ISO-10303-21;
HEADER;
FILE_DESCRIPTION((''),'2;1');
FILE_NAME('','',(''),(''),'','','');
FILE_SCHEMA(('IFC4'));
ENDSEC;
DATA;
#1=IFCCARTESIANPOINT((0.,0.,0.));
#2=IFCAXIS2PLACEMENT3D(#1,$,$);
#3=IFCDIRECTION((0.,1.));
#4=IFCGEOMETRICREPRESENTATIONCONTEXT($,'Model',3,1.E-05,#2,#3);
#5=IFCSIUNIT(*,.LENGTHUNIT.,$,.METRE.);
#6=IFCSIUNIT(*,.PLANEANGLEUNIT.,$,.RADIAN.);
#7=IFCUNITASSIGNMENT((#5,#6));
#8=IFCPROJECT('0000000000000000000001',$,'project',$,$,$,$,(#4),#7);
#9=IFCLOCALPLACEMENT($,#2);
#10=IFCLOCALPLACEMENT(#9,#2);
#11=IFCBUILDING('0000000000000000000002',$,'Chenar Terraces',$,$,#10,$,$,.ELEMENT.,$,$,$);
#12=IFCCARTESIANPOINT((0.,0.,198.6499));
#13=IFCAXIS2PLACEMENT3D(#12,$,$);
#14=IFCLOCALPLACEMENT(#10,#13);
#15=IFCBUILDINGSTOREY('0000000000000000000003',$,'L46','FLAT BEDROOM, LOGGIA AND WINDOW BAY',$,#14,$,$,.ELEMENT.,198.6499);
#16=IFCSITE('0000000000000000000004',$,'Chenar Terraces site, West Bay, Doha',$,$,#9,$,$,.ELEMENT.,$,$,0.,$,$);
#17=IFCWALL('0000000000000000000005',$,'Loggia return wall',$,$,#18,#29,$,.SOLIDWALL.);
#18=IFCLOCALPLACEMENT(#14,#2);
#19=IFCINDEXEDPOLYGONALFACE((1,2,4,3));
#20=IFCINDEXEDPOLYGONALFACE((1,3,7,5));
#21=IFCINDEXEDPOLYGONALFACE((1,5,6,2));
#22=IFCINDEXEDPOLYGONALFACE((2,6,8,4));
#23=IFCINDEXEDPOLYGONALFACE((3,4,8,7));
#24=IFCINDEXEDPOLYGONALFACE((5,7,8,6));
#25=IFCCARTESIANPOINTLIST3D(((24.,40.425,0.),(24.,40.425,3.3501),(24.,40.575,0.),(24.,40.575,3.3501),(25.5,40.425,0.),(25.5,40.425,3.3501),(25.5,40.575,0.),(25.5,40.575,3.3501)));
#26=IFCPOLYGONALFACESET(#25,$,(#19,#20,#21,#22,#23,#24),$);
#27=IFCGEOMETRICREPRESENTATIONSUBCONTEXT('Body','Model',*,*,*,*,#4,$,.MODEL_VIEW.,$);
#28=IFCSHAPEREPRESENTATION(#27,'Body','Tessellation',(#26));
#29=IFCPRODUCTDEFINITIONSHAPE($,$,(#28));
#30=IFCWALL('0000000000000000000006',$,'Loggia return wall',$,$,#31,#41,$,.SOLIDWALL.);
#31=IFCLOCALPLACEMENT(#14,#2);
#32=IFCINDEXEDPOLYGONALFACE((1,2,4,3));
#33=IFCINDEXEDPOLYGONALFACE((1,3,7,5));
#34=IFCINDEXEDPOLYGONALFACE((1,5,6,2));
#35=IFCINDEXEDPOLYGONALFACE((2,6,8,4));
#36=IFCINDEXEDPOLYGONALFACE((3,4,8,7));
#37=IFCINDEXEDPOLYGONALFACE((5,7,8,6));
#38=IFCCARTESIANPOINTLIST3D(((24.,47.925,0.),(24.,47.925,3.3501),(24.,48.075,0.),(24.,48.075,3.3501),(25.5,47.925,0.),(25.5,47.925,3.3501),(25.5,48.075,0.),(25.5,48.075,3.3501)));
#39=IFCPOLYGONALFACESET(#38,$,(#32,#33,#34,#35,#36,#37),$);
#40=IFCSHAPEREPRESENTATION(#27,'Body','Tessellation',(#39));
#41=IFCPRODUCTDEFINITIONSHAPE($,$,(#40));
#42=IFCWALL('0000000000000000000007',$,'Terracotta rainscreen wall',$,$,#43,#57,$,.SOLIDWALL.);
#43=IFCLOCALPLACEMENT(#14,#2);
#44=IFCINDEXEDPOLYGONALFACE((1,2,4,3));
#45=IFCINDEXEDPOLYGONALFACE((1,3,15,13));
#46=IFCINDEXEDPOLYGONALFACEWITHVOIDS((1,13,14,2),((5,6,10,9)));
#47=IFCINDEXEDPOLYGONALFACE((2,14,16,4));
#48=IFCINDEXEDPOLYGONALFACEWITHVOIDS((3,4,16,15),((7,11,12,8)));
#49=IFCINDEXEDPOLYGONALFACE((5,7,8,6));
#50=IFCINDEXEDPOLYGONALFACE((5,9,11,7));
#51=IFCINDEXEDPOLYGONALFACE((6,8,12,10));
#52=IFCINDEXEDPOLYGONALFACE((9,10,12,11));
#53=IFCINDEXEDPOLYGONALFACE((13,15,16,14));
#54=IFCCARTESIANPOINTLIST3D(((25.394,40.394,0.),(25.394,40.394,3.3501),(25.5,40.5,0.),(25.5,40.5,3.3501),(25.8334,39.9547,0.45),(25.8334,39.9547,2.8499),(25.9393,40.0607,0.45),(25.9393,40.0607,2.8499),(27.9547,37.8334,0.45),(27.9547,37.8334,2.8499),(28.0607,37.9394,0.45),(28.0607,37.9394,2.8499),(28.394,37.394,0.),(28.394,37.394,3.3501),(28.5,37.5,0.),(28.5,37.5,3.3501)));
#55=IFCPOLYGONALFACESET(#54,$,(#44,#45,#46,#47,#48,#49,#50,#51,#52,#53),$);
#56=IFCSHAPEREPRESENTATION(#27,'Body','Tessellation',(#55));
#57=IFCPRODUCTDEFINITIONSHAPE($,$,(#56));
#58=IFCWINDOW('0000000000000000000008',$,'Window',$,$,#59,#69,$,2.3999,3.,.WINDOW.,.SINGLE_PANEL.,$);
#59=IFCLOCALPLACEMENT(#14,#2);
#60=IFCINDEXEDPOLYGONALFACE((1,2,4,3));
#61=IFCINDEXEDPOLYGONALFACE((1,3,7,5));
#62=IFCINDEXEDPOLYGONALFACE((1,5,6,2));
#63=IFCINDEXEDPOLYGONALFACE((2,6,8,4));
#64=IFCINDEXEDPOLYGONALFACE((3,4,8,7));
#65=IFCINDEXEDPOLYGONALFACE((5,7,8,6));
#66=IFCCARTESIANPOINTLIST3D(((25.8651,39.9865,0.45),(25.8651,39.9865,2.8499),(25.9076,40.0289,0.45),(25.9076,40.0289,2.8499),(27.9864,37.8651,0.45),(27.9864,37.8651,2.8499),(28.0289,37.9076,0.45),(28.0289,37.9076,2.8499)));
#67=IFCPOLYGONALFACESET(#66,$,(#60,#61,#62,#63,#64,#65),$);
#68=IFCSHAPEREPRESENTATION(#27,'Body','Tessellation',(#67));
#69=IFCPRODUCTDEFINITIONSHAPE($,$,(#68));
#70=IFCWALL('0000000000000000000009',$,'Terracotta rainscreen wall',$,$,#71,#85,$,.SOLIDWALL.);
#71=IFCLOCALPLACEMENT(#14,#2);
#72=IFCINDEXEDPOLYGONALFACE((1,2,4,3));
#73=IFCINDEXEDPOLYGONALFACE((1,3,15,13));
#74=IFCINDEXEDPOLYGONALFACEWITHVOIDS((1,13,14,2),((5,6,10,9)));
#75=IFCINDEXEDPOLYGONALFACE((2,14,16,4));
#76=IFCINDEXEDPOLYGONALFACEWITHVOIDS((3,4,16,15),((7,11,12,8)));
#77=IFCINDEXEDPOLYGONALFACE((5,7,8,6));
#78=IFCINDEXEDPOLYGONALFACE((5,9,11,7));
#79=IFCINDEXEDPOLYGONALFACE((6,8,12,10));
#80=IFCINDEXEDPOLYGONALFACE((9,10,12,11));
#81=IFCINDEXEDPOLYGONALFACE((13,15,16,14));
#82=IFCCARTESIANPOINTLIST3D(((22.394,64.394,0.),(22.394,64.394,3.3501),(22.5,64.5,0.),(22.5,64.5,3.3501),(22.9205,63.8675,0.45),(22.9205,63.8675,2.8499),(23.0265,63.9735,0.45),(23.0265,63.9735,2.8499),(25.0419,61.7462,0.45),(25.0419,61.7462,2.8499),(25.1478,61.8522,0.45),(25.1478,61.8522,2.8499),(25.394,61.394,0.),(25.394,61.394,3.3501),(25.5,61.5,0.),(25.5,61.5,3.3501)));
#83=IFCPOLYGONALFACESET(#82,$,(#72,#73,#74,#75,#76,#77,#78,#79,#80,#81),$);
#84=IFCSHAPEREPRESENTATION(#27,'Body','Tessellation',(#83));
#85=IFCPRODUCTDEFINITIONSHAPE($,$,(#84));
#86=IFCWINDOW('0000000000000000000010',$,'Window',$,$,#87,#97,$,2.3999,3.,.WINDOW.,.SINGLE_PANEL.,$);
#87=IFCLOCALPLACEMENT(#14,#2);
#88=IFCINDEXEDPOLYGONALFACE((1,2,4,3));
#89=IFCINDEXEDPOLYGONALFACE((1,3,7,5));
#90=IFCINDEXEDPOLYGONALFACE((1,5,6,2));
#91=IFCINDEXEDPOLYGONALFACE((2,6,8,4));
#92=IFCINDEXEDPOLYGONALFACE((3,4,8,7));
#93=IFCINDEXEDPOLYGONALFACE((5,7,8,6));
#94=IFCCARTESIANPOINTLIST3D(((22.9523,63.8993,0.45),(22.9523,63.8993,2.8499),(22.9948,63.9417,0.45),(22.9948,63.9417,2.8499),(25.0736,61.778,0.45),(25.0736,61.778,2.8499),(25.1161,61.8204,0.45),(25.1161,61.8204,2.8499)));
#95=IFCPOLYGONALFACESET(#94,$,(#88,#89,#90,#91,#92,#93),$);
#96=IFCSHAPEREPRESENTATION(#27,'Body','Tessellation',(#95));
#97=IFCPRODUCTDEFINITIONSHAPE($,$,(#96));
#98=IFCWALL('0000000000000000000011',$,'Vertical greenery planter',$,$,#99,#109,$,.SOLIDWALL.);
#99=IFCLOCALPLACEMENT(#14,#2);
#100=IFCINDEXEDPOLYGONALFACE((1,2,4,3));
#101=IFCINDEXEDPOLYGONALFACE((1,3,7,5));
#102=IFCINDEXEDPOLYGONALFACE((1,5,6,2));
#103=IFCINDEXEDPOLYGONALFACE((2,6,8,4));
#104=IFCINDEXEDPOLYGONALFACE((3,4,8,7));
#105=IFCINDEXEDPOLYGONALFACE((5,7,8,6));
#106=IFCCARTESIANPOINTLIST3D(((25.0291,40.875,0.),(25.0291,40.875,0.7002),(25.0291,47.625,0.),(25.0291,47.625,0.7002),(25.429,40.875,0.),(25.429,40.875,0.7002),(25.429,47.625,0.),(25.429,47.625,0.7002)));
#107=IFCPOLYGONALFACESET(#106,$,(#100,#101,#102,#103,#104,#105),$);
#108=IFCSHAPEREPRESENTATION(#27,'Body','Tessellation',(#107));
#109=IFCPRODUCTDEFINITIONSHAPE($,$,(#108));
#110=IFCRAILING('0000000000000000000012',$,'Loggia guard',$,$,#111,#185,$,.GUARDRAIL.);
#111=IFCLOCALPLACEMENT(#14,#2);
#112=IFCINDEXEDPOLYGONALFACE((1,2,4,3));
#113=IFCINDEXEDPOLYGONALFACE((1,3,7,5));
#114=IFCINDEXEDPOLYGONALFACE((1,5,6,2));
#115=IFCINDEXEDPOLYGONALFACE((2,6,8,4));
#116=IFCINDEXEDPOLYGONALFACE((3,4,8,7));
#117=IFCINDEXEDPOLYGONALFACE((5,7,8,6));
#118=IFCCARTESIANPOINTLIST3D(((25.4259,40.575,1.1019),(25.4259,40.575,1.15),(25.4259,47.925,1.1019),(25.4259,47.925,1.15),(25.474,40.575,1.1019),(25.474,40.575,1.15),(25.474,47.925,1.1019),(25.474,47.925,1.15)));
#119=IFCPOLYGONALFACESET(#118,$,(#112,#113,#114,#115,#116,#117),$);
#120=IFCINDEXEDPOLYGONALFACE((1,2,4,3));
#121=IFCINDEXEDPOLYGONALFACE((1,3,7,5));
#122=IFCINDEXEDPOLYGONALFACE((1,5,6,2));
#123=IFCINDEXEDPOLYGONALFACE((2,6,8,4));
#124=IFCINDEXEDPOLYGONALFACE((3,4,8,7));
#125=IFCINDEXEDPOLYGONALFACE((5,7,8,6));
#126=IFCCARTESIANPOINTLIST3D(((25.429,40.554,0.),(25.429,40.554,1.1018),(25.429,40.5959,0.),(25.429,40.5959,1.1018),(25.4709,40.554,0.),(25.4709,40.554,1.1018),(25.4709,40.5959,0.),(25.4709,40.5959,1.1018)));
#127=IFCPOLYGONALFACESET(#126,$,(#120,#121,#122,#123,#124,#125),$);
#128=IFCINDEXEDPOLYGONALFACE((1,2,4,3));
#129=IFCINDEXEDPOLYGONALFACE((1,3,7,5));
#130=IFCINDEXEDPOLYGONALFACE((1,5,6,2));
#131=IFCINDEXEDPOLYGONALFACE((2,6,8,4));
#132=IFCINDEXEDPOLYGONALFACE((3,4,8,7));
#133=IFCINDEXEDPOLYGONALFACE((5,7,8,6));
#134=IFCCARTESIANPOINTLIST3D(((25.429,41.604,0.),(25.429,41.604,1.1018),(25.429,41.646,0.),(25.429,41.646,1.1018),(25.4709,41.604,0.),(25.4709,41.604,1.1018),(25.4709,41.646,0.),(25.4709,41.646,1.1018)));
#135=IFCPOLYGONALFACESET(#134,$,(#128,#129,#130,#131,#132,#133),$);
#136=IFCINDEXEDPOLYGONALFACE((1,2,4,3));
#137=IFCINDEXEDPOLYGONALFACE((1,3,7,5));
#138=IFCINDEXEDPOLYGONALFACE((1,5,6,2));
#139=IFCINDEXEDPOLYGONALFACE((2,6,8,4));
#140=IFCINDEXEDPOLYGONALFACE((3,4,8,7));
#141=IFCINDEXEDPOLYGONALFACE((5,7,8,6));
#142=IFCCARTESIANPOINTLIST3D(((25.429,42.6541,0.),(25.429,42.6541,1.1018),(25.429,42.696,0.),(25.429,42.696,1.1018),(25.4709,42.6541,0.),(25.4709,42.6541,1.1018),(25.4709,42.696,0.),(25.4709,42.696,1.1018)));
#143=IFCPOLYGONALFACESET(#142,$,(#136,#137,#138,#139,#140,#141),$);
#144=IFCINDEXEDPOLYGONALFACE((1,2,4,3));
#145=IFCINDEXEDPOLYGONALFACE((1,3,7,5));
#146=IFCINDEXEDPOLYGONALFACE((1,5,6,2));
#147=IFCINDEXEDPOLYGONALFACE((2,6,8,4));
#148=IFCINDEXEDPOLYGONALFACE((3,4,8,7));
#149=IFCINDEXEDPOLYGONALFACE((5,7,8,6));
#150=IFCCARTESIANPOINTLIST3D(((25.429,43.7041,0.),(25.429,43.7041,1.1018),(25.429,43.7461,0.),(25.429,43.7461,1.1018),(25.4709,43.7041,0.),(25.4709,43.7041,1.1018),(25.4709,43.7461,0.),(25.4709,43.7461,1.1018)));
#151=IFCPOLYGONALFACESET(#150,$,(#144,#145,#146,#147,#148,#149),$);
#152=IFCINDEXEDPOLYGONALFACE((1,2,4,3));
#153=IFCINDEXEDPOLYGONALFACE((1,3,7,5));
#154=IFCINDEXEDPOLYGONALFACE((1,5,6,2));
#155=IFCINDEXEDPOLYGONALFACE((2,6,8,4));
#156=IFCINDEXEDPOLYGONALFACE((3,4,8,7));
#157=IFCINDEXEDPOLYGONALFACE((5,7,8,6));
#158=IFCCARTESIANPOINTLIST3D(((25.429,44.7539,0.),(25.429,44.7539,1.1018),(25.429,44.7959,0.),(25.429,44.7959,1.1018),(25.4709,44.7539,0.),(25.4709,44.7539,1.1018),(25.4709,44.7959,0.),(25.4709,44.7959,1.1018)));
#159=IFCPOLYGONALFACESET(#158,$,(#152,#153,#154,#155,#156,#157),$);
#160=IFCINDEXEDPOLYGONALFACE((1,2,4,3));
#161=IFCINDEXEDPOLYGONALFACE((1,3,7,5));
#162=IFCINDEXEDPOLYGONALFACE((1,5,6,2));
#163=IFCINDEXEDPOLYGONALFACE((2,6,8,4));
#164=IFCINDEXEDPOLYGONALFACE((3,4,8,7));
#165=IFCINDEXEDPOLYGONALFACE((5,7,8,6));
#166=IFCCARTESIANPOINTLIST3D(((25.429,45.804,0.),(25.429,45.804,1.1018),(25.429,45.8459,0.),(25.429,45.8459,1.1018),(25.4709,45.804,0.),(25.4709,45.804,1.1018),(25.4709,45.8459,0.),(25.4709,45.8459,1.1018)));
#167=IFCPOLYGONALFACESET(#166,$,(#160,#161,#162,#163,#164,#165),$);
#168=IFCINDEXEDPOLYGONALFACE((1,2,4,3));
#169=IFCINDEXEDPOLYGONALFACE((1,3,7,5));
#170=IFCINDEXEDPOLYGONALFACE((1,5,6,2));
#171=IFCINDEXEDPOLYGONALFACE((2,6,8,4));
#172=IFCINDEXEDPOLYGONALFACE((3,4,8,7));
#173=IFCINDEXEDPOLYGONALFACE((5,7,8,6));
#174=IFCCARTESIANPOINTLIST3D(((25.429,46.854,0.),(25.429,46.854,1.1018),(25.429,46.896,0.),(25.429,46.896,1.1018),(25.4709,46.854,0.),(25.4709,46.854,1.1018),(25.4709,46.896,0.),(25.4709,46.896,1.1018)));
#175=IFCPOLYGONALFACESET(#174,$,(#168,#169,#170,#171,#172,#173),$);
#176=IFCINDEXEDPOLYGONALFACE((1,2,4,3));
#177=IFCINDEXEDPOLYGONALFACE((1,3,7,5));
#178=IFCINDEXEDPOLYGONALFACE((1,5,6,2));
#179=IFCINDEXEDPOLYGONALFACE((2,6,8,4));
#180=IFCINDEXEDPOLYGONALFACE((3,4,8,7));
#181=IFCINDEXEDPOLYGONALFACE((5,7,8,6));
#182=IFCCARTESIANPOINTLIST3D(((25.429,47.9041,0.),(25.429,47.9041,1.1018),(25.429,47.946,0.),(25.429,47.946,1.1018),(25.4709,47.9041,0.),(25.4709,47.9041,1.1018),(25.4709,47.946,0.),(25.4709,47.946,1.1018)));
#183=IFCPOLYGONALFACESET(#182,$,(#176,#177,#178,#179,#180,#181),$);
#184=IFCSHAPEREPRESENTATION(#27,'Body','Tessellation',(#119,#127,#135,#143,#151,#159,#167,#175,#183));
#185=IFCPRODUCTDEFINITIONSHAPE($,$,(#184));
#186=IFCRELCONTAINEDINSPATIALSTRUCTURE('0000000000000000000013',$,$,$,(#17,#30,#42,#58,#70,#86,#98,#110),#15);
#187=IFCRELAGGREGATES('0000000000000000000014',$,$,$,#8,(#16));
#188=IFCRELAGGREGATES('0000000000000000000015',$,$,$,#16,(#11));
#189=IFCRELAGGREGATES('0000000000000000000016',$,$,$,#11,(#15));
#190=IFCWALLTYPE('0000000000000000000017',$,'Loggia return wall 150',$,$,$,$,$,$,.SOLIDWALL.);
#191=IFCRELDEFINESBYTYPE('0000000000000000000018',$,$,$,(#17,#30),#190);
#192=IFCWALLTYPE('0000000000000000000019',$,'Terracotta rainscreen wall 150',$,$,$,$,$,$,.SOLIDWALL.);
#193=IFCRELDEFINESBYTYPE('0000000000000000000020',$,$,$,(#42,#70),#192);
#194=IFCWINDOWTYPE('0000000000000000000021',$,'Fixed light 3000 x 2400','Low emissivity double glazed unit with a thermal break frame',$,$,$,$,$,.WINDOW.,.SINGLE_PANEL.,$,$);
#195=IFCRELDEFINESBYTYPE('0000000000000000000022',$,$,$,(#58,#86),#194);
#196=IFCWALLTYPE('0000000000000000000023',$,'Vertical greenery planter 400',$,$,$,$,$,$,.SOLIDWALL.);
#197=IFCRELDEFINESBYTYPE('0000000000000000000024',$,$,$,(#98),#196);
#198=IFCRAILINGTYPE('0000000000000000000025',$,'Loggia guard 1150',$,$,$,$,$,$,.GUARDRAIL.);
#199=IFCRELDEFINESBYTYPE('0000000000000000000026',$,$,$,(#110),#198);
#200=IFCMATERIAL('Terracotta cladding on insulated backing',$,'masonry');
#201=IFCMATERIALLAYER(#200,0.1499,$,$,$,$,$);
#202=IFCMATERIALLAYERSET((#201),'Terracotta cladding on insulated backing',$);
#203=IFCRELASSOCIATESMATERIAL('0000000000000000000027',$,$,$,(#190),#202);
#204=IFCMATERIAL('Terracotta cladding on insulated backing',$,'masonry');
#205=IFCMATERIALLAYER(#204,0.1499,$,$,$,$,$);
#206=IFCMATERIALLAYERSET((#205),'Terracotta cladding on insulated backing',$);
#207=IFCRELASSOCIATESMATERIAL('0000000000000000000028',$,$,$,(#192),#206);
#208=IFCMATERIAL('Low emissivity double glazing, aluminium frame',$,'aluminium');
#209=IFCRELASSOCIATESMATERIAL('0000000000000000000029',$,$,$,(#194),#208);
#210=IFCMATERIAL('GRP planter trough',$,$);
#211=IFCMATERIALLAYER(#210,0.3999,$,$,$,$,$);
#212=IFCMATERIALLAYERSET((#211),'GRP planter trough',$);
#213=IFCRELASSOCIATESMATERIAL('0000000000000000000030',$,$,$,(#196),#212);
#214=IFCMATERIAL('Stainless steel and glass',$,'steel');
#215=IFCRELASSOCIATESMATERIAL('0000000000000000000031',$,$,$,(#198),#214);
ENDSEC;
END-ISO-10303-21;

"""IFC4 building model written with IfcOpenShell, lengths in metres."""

from ifc_helpers import new_model, si_unit, direction, frame, frame_2d, origin, origin_2d, place, context, subcontext, project, spatial, rectangle, extrude, material, layer, layer_set, type_object, element, fill, save


model = new_model("IFC4")

# Units and contexts
model_context = context("Model", 3, precision=1e-05, world=origin(), true_north=direction((0.0, 1.0)))
body_context = subcontext(model_context, "Body", "Model", "MODEL_VIEW")
ifc_project = project(units=[si_unit("LENGTHUNIT", "METRE"), si_unit("PLANEANGLEUNIT", "RADIAN")], contexts=[model_context])

# Site, building, storey
site_placement = place(None, origin())
site = spatial("IfcSite", under=ifc_project, at=site_placement, Name="Chenar Terraces site, West Bay, Doha", CompositionType="ELEMENT", RefElevation=0.0)
building_placement = place(site_placement, origin())
building = spatial("IfcBuilding", under=site, at=building_placement, Name="Chenar Terraces", CompositionType="ELEMENT")
storey_placement = place(building_placement, frame((0.0, 0.0, 198.6499)))
storey = spatial("IfcBuildingStorey", under=building, at=storey_placement, Name="L46", Description="FLAT BEDROOM, LOGGIA AND WINDOW BAY", CompositionType="ELEMENT", Elevation=198.6499)

# Walls
ifc_material_1 = material(Name="Terracotta cladding on insulated backing", Category="masonry")
ifc_layer_1 = layer(ifc_material_1, 0.1499)
ifc_layer_set_1 = layer_set([ifc_layer_1], Name="Terracotta cladding on insulated backing")
wall_type_1 = type_object("IfcWallType", Name="Loggia return wall 150", PredefinedType="SOLIDWALL", material=ifc_layer_set_1)
for number, where, z_axis, x_axis, name in (
    (1, (25.5, 40.5, 0.0), (0.0, 0.0, 1.0), (-1.0, 0.0, 0.0), "Loggia return wall"),
    (2, (25.5, 48.0, 0.0), (0.0, 0.0, 1.0), (-1.0, 0.0, 0.0), "Loggia return wall"),
):
    element("IfcWall", number, at=place(storey_placement, frame(where, z_axis=z_axis, x_axis=x_axis)), inside=storey, type_object=wall_type_1, Name=name, PredefinedType="SOLIDWALL", context=body_context, shape_type="SweptSolid", body=[
        extrude(rectangle(XDim=1.5, YDim=0.1499, at=frame_2d((0.75, 0.0))), origin(), (0.0, 0.0, 1.0), 3.3501),
    ])

# Walls, openings, windows
ifc_material_2 = material(Name="Terracotta cladding on insulated backing", Category="masonry")
ifc_layer_2 = layer(ifc_material_2, 0.1499)
ifc_layer_set_2 = layer_set([ifc_layer_2], Name="Terracotta cladding on insulated backing")
wall_type_2 = type_object("IfcWallType", Name="Terracotta rainscreen wall 150", PredefinedType="SOLIDWALL", material=ifc_layer_set_2)
wall_1_placement = place(storey_placement, frame((28.447, 37.447, 0.0), z_axis=(0.0, 0.0, 1.0), x_axis=(-0.707107, 0.707107, 0.0)))
wall_1 = element("IfcWall", 3, at=wall_1_placement, inside=storey, type_object=wall_type_2, Name="Terracotta rainscreen wall", PredefinedType="SOLIDWALL", context=body_context, shape_type="SweptSolid", body=[
    extrude(rectangle(XDim=4.2427, YDim=0.1499, at=frame_2d((2.1213, 0.0))), origin(), (0.0, 0.0, 1.0), 3.3501),
])
opening_1_placement = place(wall_1_placement, frame((0.6213, 0.0, 0.45)))
opening_1 = element("IfcOpeningElement", 4, at=opening_1_placement, cuts=wall_1, PredefinedType="OPENING", context=body_context, shape_type="SweptSolid", body=[
    extrude(rectangle(XDim=3.0, YDim=2.3999, at=frame_2d((1.5, 1.2))), frame((0.0, 0.085, 0.0), z_axis=(0.0, -1.0, 0.0), x_axis=(1.0, 0.0, 0.0)), (0.0, 0.0, 1.0), 0.1699),
])
ifc_material_3 = material(Name="Low emissivity double glazing, aluminium frame", Category="aluminium")
window_type_1 = type_object("IfcWindowType", Name="Fixed light 3000 x 2400", Description="Low emissivity double glazed unit with a thermal break frame", PartitioningType="SINGLE_PANEL", PredefinedType="WINDOW", material=ifc_material_3)
window_1_placement = place(opening_1_placement, origin())
window_1 = element("IfcWindow", 5, at=window_1_placement, inside=storey, type_object=window_type_1, Name="Window", OverallHeight=2.3999, OverallWidth=3.0, PartitioningType="SINGLE_PANEL", PredefinedType="WINDOW", context=body_context, shape_type="SweptSolid", body=[
    extrude(rectangle(XDim=3.0, YDim=2.3999, at=frame_2d((1.5, 1.2))), frame((0.0, 0.03, 0.0), z_axis=(0.0, -1.0, 0.0), x_axis=(1.0, 0.0, 0.0)), (0.0, 0.0, 1.0), 0.0601),
])
fill(opening_1, window_1)
wall_2_placement = place(storey_placement, frame((25.447, 61.447, 0.0), z_axis=(0.0, 0.0, 1.0), x_axis=(-0.707107, 0.707107, 0.0)))
wall_2 = element("IfcWall", 6, at=wall_2_placement, inside=storey, type_object=wall_type_2, Name="Terracotta rainscreen wall", PredefinedType="SOLIDWALL", context=body_context, shape_type="SweptSolid", body=[
    extrude(rectangle(XDim=4.2427, YDim=0.1499, at=frame_2d((2.1213, 0.0))), origin(), (0.0, 0.0, 1.0), 3.3501),
])
opening_2_placement = place(wall_2_placement, frame((0.498, 0.0, 0.45)))
opening_2 = element("IfcOpeningElement", 7, at=opening_2_placement, cuts=wall_2, PredefinedType="OPENING", context=body_context, shape_type="SweptSolid", body=[
    extrude(rectangle(XDim=3.0, YDim=2.3999, at=frame_2d((1.5, 1.2))), frame((0.0, 0.085, 0.0), z_axis=(0.0, -1.0, 0.0), x_axis=(1.0, 0.0, 0.0)), (0.0, 0.0, 1.0), 0.1699),
])
window_2_placement = place(opening_2_placement, origin())
window_2 = element("IfcWindow", 8, at=window_2_placement, inside=storey, type_object=window_type_1, Name="Window", OverallHeight=2.3999, OverallWidth=3.0, PartitioningType="SINGLE_PANEL", PredefinedType="WINDOW", context=body_context, shape_type="SweptSolid", body=[
    extrude(rectangle(XDim=3.0, YDim=2.3999, at=frame_2d((1.5, 1.2))), frame((0.0, 0.03, 0.0), z_axis=(0.0, -1.0, 0.0), x_axis=(1.0, 0.0, 0.0)), (0.0, 0.0, 1.0), 0.0601),
])
fill(opening_2, window_2)

# Wall
ifc_material_4 = material(Name="GRP planter trough")
ifc_layer_3 = layer(ifc_material_4, 0.3999)
ifc_layer_set_3 = layer_set([ifc_layer_3], Name="GRP planter trough")
wall_type_3 = type_object("IfcWallType", Name="Vertical greenery planter 400", PredefinedType="SOLIDWALL", material=ifc_layer_set_3)
wall_3_placement = place(storey_placement, frame((25.229, 40.875, 0.0), z_axis=(0.0, 0.0, 1.0), x_axis=(0.0, 1.0, 0.0)))
element("IfcWall", 9, at=wall_3_placement, inside=storey, type_object=wall_type_3, Name="Vertical greenery planter", PredefinedType="SOLIDWALL", context=body_context, shape_type="SweptSolid", body=[
    extrude(rectangle(XDim=6.75, YDim=0.3999, at=frame_2d((3.375, 0.0))), origin(), (0.0, 0.0, 1.0), 0.7002),
])

# Railing
ifc_material_5 = material(Name="Stainless steel and glass", Category="steel")
railing_type = type_object("IfcRailingType", Name="Loggia guard 1150", PredefinedType="GUARDRAIL", material=ifc_material_5)
railing_placement = place(storey_placement, frame((25.45, 40.575, 0.0)))
element("IfcRailing", 10, at=railing_placement, inside=storey, type_object=railing_type, Name="Loggia guard", PredefinedType="GUARDRAIL", context=body_context, shape_type="SweptSolid", body=[
    extrude(rectangle(XDim=0.0481, YDim=0.0481, at=origin_2d()), frame((0.0, 0.0, 1.126), z_axis=(0.0, 1.0, 0.0), x_axis=(-1.0, 0.0, 0.0)), (0.0, 0.0, 1.0), 7.3501),
    extrude(rectangle(XDim=0.042, YDim=0.042, at=origin_2d()), origin(), (0.0, 0.0, 1.0), 1.1018),
    extrude(rectangle(XDim=0.042, YDim=0.042, at=origin_2d()), frame((0.0, 1.05, 0.0)), (0.0, 0.0, 1.0), 1.1018),
    extrude(rectangle(XDim=0.042, YDim=0.042, at=origin_2d()), frame((0.0, 2.1001, 0.0)), (0.0, 0.0, 1.0), 1.1018),
    extrude(rectangle(XDim=0.042, YDim=0.042, at=origin_2d()), frame((0.0, 3.1501, 0.0)), (0.0, 0.0, 1.0), 1.1018),
    extrude(rectangle(XDim=0.042, YDim=0.042, at=origin_2d()), frame((0.0, 4.2, 0.0)), (0.0, 0.0, 1.0), 1.1018),
    extrude(rectangle(XDim=0.042, YDim=0.042, at=origin_2d()), frame((0.0, 5.25, 0.0)), (0.0, 0.0, 1.0), 1.1018),
    extrude(rectangle(XDim=0.042, YDim=0.042, at=origin_2d()), frame((0.0, 6.3, 0.0)), (0.0, 0.0, 1.0), 1.1018),
    extrude(rectangle(XDim=0.042, YDim=0.042, at=origin_2d()), frame((0.0, 7.3501, 0.0)), (0.0, 0.0, 1.0), 1.1018),
])

save(model, "model.ifc")
